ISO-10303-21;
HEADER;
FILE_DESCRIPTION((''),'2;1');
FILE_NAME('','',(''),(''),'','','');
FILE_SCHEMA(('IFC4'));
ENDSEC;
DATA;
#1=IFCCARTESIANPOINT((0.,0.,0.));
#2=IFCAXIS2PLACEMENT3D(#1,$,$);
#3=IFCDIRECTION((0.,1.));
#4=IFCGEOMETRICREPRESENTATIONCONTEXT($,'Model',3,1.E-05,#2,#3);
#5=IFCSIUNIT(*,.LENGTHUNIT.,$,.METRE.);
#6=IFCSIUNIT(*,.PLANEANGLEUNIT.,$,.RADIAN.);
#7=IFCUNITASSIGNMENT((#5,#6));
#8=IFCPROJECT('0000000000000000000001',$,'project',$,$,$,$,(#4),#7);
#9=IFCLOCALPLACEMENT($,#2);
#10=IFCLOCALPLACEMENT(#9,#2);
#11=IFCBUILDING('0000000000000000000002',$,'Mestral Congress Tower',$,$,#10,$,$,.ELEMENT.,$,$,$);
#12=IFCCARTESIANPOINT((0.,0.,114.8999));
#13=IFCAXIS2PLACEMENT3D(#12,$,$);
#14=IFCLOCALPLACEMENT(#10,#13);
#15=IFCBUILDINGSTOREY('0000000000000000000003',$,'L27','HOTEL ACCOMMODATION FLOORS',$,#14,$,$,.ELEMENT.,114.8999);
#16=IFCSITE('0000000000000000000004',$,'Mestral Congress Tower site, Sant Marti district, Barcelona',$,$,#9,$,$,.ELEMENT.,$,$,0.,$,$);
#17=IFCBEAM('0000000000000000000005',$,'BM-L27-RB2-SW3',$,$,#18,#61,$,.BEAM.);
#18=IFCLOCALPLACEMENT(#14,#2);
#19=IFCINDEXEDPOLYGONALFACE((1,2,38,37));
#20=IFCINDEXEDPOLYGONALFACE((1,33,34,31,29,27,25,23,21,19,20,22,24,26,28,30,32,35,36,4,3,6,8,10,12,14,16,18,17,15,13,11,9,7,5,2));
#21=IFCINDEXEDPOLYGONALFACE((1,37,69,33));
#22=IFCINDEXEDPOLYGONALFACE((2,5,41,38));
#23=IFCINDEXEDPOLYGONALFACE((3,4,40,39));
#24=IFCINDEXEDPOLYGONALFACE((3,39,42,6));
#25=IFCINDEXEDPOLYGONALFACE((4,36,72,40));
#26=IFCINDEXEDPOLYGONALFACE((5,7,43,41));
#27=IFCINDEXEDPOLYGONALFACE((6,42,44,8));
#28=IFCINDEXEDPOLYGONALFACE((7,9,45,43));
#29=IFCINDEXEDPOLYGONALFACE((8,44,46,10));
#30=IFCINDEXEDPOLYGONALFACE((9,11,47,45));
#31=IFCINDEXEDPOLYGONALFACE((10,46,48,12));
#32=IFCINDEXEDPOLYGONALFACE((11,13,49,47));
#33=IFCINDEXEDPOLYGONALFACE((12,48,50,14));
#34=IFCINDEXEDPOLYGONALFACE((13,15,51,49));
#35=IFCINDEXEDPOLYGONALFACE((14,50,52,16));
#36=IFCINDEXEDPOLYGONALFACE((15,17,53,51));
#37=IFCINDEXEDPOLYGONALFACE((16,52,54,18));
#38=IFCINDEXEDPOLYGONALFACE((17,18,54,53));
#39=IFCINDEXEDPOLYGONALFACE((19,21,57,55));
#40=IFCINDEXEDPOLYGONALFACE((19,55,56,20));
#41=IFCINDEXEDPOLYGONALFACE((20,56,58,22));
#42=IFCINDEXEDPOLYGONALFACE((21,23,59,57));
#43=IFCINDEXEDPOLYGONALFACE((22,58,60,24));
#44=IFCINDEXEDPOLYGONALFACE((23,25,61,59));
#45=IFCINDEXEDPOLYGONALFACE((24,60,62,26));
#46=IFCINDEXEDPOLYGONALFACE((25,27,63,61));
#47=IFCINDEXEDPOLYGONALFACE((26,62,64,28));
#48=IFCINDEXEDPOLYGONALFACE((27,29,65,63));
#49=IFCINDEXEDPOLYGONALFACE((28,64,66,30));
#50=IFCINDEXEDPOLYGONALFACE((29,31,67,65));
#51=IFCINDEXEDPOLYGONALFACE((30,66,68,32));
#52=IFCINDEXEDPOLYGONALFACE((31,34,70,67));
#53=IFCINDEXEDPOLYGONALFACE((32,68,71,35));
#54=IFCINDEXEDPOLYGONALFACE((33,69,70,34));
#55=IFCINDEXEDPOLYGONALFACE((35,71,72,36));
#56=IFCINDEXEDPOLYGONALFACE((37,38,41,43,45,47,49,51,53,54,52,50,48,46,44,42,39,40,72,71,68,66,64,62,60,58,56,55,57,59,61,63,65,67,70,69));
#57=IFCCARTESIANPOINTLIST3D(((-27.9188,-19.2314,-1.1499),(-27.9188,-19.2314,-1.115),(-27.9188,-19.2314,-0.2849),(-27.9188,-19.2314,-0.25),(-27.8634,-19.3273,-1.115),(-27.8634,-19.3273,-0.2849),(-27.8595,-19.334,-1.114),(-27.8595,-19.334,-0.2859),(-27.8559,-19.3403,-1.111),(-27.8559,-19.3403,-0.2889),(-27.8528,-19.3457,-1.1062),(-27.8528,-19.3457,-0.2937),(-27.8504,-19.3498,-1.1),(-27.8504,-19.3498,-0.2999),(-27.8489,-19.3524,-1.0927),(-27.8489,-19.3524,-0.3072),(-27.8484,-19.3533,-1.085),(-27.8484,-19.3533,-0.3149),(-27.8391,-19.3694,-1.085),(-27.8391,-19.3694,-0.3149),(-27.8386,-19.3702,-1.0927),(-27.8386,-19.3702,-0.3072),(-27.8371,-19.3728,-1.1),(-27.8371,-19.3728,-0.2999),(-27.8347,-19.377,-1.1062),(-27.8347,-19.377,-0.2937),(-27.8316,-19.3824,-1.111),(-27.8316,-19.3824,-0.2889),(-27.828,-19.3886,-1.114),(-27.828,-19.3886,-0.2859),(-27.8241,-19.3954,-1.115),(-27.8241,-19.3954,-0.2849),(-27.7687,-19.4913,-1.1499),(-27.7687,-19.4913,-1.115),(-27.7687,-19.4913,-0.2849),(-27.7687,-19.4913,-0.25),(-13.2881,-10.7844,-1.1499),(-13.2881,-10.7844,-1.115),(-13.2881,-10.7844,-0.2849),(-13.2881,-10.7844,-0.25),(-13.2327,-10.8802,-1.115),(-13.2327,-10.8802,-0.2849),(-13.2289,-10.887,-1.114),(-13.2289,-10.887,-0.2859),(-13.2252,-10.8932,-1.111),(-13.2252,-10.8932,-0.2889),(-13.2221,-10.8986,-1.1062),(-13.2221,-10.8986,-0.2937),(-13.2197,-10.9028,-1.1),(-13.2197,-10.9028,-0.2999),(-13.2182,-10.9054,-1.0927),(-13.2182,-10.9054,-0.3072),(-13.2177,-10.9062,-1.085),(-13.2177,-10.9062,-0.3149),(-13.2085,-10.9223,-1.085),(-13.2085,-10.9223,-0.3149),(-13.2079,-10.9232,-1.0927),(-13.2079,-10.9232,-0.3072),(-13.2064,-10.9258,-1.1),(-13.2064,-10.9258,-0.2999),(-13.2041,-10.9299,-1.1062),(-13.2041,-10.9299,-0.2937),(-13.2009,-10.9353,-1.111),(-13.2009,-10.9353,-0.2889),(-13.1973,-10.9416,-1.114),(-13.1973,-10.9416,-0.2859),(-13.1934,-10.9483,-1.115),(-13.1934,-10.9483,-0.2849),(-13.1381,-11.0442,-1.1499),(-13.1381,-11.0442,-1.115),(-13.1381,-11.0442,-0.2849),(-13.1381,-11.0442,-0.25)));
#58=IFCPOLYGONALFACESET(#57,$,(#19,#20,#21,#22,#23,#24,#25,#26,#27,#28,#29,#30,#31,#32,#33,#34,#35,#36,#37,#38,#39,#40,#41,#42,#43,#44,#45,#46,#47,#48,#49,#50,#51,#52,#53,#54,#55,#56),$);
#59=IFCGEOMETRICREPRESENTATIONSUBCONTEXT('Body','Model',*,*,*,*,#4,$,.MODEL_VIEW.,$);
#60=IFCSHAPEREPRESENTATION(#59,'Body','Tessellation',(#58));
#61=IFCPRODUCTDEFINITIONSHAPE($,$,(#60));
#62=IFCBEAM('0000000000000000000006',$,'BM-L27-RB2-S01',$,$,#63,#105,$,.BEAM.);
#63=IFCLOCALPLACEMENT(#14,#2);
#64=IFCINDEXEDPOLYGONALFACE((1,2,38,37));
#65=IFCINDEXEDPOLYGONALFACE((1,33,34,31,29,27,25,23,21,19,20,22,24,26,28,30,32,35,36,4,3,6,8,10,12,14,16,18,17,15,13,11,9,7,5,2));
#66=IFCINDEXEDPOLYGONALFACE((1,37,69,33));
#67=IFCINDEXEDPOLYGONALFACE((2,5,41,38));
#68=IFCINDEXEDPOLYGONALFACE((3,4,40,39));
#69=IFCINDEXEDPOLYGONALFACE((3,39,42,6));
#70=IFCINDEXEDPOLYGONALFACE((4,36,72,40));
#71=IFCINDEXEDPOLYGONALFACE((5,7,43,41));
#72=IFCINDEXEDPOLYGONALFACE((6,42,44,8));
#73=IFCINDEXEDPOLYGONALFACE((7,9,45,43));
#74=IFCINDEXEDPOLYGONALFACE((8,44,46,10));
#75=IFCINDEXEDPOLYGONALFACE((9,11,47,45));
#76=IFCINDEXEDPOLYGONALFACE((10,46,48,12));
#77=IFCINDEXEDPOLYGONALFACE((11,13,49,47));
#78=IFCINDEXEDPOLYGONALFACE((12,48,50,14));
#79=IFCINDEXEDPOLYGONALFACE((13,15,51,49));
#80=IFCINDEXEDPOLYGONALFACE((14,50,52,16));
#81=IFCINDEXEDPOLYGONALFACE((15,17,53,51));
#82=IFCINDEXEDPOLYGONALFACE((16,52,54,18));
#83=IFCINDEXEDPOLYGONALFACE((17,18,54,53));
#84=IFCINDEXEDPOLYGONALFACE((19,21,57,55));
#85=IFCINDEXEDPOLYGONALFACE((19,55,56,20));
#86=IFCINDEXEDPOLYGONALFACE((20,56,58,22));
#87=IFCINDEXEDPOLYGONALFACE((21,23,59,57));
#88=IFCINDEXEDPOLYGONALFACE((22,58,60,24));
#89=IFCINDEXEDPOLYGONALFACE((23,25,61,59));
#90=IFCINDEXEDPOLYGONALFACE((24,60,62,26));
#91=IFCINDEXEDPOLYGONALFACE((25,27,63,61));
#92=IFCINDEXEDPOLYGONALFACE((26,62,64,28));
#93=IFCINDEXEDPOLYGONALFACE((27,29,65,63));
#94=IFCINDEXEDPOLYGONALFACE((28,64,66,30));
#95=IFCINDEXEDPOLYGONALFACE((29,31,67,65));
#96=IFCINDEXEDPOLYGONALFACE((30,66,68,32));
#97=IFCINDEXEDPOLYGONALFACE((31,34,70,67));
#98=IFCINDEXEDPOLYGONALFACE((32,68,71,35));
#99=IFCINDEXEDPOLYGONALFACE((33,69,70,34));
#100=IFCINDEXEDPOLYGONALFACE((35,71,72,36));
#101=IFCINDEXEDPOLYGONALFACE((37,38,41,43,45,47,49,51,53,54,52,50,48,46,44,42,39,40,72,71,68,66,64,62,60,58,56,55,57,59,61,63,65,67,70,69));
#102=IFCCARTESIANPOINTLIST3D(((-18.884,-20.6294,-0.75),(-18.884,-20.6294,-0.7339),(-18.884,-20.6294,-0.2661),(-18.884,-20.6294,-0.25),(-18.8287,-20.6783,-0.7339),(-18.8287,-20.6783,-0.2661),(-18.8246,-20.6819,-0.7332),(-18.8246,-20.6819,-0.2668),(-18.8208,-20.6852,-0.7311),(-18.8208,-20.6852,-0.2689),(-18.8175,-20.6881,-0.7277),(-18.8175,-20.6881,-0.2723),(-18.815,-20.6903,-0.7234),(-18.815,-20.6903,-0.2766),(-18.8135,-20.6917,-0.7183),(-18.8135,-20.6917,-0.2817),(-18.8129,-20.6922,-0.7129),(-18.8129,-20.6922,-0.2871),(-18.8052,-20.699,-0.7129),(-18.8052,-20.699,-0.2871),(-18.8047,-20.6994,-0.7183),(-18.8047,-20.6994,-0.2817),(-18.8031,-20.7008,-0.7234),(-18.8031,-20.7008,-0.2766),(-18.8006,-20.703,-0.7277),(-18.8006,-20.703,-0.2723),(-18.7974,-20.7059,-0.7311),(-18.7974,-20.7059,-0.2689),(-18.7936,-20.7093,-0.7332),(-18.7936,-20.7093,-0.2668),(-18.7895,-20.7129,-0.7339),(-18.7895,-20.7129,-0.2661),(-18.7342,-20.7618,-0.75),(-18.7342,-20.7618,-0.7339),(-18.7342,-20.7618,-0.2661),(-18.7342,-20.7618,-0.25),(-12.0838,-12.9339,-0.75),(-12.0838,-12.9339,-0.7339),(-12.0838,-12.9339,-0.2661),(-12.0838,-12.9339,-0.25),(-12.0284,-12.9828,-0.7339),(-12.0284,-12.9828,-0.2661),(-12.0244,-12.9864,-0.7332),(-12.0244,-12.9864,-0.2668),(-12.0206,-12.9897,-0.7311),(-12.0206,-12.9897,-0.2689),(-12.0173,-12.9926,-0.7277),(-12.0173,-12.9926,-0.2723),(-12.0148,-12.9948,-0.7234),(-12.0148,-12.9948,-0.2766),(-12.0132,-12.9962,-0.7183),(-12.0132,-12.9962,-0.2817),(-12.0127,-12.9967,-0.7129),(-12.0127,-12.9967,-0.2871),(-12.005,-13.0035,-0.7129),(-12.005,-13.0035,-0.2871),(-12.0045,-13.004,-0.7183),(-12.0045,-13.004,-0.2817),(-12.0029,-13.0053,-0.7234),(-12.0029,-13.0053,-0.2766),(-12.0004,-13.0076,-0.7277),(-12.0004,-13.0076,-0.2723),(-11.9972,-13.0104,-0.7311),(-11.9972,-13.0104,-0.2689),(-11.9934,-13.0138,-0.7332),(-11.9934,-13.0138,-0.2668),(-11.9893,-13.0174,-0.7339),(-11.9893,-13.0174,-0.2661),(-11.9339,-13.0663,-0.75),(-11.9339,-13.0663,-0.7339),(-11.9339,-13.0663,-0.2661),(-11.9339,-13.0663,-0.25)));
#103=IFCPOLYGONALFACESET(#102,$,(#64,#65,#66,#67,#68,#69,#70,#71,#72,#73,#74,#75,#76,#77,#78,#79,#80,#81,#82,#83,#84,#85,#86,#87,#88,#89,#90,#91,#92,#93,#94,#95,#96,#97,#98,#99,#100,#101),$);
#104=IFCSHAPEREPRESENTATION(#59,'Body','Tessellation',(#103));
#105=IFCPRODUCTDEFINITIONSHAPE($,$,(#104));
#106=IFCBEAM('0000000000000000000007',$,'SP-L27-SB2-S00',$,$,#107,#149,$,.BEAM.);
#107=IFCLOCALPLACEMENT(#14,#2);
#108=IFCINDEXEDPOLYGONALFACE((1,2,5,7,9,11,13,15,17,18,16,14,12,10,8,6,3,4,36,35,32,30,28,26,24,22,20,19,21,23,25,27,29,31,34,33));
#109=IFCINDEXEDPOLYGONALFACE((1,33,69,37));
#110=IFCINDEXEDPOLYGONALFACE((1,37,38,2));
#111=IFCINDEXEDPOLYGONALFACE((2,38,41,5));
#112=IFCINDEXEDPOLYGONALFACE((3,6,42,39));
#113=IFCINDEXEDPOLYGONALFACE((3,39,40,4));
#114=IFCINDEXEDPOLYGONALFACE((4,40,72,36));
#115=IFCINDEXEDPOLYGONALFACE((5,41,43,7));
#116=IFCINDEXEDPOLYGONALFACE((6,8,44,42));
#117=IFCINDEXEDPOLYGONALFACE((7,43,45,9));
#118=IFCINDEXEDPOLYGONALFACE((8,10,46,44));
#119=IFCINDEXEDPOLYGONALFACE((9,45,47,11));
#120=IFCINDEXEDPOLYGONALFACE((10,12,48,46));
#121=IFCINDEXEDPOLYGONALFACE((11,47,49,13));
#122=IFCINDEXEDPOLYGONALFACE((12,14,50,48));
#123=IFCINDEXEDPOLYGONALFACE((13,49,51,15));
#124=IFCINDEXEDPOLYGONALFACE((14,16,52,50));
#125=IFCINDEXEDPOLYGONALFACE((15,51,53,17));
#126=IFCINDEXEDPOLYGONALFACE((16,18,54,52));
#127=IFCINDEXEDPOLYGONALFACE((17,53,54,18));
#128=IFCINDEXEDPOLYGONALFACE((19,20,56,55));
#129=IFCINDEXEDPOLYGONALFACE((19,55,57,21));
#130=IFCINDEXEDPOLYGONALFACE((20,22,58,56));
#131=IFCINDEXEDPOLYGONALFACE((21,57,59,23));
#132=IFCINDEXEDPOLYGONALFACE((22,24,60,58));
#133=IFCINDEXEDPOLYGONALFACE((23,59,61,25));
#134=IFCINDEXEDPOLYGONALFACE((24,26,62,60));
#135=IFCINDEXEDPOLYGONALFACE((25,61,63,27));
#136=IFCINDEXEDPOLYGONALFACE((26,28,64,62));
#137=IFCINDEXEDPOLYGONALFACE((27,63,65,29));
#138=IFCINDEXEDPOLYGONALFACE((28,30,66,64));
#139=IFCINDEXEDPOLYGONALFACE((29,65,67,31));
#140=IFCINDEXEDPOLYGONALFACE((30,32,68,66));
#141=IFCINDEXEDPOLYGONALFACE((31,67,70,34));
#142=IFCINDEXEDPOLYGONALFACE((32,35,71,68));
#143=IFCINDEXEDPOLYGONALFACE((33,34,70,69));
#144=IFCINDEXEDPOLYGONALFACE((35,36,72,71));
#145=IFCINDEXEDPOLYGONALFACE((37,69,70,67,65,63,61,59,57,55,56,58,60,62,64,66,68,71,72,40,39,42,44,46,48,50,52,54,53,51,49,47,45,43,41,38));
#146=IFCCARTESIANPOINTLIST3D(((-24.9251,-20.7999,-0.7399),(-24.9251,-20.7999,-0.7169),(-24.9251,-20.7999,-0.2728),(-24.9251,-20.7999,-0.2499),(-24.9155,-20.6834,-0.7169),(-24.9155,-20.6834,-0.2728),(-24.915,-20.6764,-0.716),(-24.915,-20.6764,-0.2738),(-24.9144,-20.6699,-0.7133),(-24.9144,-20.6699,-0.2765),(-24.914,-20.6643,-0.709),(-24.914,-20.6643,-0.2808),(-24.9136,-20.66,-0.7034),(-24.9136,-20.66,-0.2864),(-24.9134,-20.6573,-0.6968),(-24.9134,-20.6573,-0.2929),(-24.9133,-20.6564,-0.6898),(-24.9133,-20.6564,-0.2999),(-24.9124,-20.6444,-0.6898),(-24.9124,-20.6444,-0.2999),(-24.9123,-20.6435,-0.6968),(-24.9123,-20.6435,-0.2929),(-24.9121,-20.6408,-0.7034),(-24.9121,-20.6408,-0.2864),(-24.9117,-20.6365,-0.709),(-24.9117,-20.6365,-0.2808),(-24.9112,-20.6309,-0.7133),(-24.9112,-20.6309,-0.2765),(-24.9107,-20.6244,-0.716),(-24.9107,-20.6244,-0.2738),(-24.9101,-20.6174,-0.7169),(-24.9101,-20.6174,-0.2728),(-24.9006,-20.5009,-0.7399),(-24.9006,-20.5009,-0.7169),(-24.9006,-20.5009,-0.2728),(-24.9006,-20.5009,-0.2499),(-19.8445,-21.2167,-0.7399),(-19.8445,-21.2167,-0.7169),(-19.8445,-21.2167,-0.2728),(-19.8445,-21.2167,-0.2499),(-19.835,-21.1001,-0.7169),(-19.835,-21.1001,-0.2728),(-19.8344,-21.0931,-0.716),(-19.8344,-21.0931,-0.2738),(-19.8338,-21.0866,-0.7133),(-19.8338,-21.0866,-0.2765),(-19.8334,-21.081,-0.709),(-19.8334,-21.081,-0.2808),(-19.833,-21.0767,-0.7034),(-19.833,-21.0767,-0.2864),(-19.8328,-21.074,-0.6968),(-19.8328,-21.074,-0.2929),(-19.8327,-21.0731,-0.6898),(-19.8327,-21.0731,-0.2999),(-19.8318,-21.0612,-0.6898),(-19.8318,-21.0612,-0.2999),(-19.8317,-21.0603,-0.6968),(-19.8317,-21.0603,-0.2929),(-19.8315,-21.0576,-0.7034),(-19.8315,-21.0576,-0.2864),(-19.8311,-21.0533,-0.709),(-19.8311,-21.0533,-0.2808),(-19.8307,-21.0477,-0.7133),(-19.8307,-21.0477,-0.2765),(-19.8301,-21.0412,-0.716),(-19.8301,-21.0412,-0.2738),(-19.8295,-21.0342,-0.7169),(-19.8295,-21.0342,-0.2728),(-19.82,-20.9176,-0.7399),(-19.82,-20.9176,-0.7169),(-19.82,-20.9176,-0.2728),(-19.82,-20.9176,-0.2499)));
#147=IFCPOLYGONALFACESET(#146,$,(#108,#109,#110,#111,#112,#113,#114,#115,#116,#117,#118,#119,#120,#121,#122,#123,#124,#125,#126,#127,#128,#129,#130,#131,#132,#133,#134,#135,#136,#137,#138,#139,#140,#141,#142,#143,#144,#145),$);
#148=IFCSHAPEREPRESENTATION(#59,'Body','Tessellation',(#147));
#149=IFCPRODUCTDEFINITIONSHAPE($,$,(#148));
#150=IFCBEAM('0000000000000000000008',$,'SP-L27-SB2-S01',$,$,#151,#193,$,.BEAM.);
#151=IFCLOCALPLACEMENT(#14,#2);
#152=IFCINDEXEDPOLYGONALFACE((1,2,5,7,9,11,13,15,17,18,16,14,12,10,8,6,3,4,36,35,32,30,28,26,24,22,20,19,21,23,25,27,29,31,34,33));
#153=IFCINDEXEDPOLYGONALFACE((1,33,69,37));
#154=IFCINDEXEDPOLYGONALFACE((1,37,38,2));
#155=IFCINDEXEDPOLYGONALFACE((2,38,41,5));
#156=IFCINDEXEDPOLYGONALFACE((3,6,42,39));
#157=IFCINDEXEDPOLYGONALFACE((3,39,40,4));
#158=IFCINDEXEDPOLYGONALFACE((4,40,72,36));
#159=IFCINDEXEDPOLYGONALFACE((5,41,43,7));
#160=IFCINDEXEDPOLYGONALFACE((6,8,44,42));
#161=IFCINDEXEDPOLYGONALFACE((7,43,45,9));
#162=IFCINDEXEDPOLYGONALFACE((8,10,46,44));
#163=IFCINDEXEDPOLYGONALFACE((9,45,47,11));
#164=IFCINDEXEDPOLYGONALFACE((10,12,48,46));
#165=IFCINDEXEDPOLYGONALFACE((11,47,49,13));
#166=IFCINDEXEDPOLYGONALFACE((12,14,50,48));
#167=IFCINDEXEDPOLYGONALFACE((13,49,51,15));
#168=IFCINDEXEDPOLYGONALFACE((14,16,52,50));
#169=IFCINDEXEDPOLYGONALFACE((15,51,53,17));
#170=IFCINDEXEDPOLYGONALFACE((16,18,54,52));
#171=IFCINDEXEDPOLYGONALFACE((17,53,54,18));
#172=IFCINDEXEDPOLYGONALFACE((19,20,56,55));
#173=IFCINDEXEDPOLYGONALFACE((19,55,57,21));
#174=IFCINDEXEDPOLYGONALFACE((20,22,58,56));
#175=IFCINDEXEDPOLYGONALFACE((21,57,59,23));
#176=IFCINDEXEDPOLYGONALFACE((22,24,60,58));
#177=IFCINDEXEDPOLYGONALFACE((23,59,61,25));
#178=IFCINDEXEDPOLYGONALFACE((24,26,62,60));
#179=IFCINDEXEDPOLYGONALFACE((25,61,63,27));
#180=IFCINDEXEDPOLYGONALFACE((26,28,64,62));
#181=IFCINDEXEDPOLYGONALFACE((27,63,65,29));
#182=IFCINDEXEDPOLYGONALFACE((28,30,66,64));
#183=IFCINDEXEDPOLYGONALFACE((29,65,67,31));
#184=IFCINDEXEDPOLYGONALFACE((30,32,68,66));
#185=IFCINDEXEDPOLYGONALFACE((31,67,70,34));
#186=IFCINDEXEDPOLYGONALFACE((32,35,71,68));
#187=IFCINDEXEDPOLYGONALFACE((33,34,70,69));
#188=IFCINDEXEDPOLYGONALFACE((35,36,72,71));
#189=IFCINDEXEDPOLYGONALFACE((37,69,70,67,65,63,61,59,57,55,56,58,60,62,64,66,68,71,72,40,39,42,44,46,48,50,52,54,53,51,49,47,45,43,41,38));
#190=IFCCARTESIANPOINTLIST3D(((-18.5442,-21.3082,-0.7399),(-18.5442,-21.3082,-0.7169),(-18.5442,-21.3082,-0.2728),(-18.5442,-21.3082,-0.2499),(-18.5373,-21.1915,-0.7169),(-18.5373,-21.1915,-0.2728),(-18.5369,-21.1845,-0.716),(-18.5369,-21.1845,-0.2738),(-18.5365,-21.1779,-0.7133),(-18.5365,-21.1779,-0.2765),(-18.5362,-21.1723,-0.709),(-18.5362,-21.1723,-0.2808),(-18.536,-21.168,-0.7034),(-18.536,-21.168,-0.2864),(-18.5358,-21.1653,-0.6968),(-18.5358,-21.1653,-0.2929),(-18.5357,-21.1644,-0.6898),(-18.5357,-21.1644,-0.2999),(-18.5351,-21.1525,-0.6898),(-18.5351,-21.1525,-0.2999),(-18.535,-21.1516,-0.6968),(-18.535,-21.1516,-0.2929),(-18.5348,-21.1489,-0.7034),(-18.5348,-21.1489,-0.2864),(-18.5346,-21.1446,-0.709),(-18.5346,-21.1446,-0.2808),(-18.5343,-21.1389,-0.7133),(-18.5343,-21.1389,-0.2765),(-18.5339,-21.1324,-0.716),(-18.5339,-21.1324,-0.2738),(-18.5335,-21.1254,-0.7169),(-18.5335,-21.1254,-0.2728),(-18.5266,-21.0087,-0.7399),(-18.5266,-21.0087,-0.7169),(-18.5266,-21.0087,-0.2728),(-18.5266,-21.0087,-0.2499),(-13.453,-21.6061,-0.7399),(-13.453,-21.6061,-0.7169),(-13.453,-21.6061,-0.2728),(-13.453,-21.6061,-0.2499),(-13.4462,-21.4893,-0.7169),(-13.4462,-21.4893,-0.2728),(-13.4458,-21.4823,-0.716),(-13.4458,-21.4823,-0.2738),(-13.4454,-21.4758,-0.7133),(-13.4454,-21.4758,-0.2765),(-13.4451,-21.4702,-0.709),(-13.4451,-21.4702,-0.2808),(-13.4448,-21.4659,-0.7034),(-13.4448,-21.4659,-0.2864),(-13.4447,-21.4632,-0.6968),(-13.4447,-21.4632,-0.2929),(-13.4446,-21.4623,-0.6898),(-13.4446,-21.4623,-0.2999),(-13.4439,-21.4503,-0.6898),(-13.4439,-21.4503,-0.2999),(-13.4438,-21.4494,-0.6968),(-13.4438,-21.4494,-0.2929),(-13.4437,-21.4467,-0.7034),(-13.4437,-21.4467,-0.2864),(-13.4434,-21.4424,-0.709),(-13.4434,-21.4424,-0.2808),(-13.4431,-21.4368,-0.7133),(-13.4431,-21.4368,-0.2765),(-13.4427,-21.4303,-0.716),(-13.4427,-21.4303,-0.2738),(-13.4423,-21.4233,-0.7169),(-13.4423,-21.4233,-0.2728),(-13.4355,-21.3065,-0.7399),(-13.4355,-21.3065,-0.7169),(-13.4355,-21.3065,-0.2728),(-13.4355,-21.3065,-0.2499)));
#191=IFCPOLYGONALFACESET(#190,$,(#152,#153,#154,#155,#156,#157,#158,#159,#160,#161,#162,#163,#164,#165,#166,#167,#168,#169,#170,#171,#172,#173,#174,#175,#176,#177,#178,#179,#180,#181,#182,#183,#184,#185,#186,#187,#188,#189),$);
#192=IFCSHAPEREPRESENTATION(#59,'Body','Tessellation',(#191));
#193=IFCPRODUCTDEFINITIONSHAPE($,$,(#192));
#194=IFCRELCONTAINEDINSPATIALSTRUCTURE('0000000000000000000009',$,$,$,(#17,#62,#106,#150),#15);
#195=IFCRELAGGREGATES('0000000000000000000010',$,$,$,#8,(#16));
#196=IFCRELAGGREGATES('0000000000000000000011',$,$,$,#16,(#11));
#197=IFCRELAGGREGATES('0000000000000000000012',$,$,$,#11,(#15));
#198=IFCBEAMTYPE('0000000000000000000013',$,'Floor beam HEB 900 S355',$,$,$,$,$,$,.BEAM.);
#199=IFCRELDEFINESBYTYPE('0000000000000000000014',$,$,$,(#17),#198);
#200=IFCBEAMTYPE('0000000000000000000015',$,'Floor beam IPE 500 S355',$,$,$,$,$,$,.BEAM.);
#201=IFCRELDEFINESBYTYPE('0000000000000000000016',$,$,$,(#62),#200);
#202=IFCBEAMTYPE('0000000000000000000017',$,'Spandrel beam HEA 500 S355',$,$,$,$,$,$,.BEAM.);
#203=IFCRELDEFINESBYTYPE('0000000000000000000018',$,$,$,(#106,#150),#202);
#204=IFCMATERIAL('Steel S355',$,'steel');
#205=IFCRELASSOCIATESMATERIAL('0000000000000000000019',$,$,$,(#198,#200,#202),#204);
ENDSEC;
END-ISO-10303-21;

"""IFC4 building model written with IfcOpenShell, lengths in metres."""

from ifc_helpers import new_model, si_unit, direction, frame, origin, origin_2d, place, context, subcontext, project, spatial, i_section, extrude, material, material_profile, profile_set, type_object, element, save


model = new_model("IFC4")

# Units and contexts
model_context = context("Model", 3, precision=1e-05, world=origin(), true_north=direction((0.0, 1.0)))
body_context = subcontext(model_context, "Body", "Model", "MODEL_VIEW")
ifc_project = project(units=[si_unit("LENGTHUNIT", "METRE"), si_unit("PLANEANGLEUNIT", "RADIAN")], contexts=[model_context])

# Site, building, storey
site_placement = place(None, origin())
site = spatial("IfcSite", under=ifc_project, at=site_placement, Name="Mestral Congress Tower site, Sant Marti district, Barcelona", CompositionType="ELEMENT", RefElevation=0.0)
building_placement = place(site_placement, origin())
building = spatial("IfcBuilding", under=site, at=building_placement, Name="Mestral Congress Tower", CompositionType="ELEMENT")
storey_placement = place(building_placement, frame((0.0, 0.0, 114.8999)))
storey = spatial("IfcBuildingStorey", under=building, at=storey_placement, Name="L27", Description="HOTEL ACCOMMODATION FLOORS", CompositionType="ELEMENT", Elevation=114.8999)

# Beams
ifc_material_1 = material(Name="Steel S355", Category="steel")
ifc_material_profile_1 = material_profile(ifc_material_1, i_section(OverallWidth=0.3, OverallDepth=0.8999, WebThickness=0.0186, FlangeThickness=0.0349, FilletRadius=0.03, at=origin_2d()), Name="HEB 900")
ifc_profile_set_1 = profile_set([ifc_material_profile_1], Name="Steel S355")
beam_type_1 = type_object("IfcBeamType", Name="Floor beam HEB 900 S355", PredefinedType="BEAM", material=ifc_profile_set_1)
beam_1_placement = place(storey_placement, frame((-27.8438, -19.3613, -0.7), z_axis=(0.866025, 0.500001, 0.0), x_axis=(-0.500001, 0.866025, 0.0)))
element("IfcBeam", 1, at=beam_1_placement, inside=storey, type_object=beam_type_1, Name="BM-L27-RB2-SW3", PredefinedType="BEAM", context=body_context, shape_type="SweptSolid", body=[
    extrude(i_section(OverallWidth=0.3, OverallDepth=0.8999, WebThickness=0.0186, FlangeThickness=0.0349, FilletRadius=0.03, at=origin_2d()), origin(), (0.0, 0.0, 1.0), 16.894),
])
ifc_material_profile_2 = material_profile(ifc_material_1, i_section(OverallWidth=0.2, OverallDepth=0.5, WebThickness=0.0103, FlangeThickness=0.0161, FilletRadius=0.021, at=origin_2d()), Name="IPE 500")
ifc_profile_set_2 = profile_set([ifc_material_profile_2], Name="Steel S355")
beam_type_2 = type_object("IfcBeamType", Name="Floor beam IPE 500 S355", PredefinedType="BEAM", material=ifc_profile_set_2)
beam_2_placement = place(storey_placement, frame((-18.8091, -20.6956, -0.5), z_axis=(0.662174, 0.74935, 0.0), x_axis=(-0.74935, 0.662174, 0.0)))
element("IfcBeam", 2, at=beam_2_placement, inside=storey, type_object=beam_type_2, Name="BM-L27-RB2-S01", PredefinedType="BEAM", context=body_context, shape_type="SweptSolid", body=[
    extrude(i_section(OverallWidth=0.2, OverallDepth=0.5, WebThickness=0.0103, FlangeThickness=0.0161, FilletRadius=0.021, at=origin_2d()), origin(), (0.0, 0.0, 1.0), 10.2695),
])
ifc_material_profile_3 = material_profile(ifc_material_1, i_section(OverallWidth=0.3, OverallDepth=0.49, WebThickness=0.012, FlangeThickness=0.0229, FilletRadius=0.0271, at=origin_2d()), Name="HEA 500")
ifc_profile_set_3 = profile_set([ifc_material_profile_3], Name="Steel S355")
beam_type_3 = type_object("IfcBeamType", Name="Spandrel beam HEA 500 S355", PredefinedType="BEAM", material=ifc_profile_set_3)
beam_3_placement = place(storey_placement, frame((-24.9128, -20.6504, -0.4949), z_axis=(0.996653, -0.081753, 0.0), x_axis=(0.081753, 0.996653, 0.0)))
element("IfcBeam", 3, at=beam_3_placement, inside=storey, type_object=beam_type_3, Name="SP-L27-SB2-S00", PredefinedType="BEAM", context=body_context, shape_type="SweptSolid", body=[
    extrude(i_section(OverallWidth=0.3, OverallDepth=0.49, WebThickness=0.012, FlangeThickness=0.0229, FilletRadius=0.0271, at=origin_2d()), origin(), (0.0, 0.0, 1.0), 5.0977),
])
beam_4_placement = place(storey_placement, frame((-18.5354, -21.1584, -0.4949), z_axis=(0.998293, -0.058405, 0.0), x_axis=(0.058405, 0.998293, 0.0)))
element("IfcBeam", 4, at=beam_4_placement, inside=storey, type_object=beam_type_3, Name="SP-L27-SB2-S01", PredefinedType="BEAM", context=body_context, shape_type="SweptSolid", body=[
    extrude(i_section(OverallWidth=0.3, OverallDepth=0.49, WebThickness=0.012, FlangeThickness=0.0229, FilletRadius=0.0271, at=origin_2d()), origin(), (0.0, 0.0, 1.0), 5.0999),
])

save(model, "model.ifc")
